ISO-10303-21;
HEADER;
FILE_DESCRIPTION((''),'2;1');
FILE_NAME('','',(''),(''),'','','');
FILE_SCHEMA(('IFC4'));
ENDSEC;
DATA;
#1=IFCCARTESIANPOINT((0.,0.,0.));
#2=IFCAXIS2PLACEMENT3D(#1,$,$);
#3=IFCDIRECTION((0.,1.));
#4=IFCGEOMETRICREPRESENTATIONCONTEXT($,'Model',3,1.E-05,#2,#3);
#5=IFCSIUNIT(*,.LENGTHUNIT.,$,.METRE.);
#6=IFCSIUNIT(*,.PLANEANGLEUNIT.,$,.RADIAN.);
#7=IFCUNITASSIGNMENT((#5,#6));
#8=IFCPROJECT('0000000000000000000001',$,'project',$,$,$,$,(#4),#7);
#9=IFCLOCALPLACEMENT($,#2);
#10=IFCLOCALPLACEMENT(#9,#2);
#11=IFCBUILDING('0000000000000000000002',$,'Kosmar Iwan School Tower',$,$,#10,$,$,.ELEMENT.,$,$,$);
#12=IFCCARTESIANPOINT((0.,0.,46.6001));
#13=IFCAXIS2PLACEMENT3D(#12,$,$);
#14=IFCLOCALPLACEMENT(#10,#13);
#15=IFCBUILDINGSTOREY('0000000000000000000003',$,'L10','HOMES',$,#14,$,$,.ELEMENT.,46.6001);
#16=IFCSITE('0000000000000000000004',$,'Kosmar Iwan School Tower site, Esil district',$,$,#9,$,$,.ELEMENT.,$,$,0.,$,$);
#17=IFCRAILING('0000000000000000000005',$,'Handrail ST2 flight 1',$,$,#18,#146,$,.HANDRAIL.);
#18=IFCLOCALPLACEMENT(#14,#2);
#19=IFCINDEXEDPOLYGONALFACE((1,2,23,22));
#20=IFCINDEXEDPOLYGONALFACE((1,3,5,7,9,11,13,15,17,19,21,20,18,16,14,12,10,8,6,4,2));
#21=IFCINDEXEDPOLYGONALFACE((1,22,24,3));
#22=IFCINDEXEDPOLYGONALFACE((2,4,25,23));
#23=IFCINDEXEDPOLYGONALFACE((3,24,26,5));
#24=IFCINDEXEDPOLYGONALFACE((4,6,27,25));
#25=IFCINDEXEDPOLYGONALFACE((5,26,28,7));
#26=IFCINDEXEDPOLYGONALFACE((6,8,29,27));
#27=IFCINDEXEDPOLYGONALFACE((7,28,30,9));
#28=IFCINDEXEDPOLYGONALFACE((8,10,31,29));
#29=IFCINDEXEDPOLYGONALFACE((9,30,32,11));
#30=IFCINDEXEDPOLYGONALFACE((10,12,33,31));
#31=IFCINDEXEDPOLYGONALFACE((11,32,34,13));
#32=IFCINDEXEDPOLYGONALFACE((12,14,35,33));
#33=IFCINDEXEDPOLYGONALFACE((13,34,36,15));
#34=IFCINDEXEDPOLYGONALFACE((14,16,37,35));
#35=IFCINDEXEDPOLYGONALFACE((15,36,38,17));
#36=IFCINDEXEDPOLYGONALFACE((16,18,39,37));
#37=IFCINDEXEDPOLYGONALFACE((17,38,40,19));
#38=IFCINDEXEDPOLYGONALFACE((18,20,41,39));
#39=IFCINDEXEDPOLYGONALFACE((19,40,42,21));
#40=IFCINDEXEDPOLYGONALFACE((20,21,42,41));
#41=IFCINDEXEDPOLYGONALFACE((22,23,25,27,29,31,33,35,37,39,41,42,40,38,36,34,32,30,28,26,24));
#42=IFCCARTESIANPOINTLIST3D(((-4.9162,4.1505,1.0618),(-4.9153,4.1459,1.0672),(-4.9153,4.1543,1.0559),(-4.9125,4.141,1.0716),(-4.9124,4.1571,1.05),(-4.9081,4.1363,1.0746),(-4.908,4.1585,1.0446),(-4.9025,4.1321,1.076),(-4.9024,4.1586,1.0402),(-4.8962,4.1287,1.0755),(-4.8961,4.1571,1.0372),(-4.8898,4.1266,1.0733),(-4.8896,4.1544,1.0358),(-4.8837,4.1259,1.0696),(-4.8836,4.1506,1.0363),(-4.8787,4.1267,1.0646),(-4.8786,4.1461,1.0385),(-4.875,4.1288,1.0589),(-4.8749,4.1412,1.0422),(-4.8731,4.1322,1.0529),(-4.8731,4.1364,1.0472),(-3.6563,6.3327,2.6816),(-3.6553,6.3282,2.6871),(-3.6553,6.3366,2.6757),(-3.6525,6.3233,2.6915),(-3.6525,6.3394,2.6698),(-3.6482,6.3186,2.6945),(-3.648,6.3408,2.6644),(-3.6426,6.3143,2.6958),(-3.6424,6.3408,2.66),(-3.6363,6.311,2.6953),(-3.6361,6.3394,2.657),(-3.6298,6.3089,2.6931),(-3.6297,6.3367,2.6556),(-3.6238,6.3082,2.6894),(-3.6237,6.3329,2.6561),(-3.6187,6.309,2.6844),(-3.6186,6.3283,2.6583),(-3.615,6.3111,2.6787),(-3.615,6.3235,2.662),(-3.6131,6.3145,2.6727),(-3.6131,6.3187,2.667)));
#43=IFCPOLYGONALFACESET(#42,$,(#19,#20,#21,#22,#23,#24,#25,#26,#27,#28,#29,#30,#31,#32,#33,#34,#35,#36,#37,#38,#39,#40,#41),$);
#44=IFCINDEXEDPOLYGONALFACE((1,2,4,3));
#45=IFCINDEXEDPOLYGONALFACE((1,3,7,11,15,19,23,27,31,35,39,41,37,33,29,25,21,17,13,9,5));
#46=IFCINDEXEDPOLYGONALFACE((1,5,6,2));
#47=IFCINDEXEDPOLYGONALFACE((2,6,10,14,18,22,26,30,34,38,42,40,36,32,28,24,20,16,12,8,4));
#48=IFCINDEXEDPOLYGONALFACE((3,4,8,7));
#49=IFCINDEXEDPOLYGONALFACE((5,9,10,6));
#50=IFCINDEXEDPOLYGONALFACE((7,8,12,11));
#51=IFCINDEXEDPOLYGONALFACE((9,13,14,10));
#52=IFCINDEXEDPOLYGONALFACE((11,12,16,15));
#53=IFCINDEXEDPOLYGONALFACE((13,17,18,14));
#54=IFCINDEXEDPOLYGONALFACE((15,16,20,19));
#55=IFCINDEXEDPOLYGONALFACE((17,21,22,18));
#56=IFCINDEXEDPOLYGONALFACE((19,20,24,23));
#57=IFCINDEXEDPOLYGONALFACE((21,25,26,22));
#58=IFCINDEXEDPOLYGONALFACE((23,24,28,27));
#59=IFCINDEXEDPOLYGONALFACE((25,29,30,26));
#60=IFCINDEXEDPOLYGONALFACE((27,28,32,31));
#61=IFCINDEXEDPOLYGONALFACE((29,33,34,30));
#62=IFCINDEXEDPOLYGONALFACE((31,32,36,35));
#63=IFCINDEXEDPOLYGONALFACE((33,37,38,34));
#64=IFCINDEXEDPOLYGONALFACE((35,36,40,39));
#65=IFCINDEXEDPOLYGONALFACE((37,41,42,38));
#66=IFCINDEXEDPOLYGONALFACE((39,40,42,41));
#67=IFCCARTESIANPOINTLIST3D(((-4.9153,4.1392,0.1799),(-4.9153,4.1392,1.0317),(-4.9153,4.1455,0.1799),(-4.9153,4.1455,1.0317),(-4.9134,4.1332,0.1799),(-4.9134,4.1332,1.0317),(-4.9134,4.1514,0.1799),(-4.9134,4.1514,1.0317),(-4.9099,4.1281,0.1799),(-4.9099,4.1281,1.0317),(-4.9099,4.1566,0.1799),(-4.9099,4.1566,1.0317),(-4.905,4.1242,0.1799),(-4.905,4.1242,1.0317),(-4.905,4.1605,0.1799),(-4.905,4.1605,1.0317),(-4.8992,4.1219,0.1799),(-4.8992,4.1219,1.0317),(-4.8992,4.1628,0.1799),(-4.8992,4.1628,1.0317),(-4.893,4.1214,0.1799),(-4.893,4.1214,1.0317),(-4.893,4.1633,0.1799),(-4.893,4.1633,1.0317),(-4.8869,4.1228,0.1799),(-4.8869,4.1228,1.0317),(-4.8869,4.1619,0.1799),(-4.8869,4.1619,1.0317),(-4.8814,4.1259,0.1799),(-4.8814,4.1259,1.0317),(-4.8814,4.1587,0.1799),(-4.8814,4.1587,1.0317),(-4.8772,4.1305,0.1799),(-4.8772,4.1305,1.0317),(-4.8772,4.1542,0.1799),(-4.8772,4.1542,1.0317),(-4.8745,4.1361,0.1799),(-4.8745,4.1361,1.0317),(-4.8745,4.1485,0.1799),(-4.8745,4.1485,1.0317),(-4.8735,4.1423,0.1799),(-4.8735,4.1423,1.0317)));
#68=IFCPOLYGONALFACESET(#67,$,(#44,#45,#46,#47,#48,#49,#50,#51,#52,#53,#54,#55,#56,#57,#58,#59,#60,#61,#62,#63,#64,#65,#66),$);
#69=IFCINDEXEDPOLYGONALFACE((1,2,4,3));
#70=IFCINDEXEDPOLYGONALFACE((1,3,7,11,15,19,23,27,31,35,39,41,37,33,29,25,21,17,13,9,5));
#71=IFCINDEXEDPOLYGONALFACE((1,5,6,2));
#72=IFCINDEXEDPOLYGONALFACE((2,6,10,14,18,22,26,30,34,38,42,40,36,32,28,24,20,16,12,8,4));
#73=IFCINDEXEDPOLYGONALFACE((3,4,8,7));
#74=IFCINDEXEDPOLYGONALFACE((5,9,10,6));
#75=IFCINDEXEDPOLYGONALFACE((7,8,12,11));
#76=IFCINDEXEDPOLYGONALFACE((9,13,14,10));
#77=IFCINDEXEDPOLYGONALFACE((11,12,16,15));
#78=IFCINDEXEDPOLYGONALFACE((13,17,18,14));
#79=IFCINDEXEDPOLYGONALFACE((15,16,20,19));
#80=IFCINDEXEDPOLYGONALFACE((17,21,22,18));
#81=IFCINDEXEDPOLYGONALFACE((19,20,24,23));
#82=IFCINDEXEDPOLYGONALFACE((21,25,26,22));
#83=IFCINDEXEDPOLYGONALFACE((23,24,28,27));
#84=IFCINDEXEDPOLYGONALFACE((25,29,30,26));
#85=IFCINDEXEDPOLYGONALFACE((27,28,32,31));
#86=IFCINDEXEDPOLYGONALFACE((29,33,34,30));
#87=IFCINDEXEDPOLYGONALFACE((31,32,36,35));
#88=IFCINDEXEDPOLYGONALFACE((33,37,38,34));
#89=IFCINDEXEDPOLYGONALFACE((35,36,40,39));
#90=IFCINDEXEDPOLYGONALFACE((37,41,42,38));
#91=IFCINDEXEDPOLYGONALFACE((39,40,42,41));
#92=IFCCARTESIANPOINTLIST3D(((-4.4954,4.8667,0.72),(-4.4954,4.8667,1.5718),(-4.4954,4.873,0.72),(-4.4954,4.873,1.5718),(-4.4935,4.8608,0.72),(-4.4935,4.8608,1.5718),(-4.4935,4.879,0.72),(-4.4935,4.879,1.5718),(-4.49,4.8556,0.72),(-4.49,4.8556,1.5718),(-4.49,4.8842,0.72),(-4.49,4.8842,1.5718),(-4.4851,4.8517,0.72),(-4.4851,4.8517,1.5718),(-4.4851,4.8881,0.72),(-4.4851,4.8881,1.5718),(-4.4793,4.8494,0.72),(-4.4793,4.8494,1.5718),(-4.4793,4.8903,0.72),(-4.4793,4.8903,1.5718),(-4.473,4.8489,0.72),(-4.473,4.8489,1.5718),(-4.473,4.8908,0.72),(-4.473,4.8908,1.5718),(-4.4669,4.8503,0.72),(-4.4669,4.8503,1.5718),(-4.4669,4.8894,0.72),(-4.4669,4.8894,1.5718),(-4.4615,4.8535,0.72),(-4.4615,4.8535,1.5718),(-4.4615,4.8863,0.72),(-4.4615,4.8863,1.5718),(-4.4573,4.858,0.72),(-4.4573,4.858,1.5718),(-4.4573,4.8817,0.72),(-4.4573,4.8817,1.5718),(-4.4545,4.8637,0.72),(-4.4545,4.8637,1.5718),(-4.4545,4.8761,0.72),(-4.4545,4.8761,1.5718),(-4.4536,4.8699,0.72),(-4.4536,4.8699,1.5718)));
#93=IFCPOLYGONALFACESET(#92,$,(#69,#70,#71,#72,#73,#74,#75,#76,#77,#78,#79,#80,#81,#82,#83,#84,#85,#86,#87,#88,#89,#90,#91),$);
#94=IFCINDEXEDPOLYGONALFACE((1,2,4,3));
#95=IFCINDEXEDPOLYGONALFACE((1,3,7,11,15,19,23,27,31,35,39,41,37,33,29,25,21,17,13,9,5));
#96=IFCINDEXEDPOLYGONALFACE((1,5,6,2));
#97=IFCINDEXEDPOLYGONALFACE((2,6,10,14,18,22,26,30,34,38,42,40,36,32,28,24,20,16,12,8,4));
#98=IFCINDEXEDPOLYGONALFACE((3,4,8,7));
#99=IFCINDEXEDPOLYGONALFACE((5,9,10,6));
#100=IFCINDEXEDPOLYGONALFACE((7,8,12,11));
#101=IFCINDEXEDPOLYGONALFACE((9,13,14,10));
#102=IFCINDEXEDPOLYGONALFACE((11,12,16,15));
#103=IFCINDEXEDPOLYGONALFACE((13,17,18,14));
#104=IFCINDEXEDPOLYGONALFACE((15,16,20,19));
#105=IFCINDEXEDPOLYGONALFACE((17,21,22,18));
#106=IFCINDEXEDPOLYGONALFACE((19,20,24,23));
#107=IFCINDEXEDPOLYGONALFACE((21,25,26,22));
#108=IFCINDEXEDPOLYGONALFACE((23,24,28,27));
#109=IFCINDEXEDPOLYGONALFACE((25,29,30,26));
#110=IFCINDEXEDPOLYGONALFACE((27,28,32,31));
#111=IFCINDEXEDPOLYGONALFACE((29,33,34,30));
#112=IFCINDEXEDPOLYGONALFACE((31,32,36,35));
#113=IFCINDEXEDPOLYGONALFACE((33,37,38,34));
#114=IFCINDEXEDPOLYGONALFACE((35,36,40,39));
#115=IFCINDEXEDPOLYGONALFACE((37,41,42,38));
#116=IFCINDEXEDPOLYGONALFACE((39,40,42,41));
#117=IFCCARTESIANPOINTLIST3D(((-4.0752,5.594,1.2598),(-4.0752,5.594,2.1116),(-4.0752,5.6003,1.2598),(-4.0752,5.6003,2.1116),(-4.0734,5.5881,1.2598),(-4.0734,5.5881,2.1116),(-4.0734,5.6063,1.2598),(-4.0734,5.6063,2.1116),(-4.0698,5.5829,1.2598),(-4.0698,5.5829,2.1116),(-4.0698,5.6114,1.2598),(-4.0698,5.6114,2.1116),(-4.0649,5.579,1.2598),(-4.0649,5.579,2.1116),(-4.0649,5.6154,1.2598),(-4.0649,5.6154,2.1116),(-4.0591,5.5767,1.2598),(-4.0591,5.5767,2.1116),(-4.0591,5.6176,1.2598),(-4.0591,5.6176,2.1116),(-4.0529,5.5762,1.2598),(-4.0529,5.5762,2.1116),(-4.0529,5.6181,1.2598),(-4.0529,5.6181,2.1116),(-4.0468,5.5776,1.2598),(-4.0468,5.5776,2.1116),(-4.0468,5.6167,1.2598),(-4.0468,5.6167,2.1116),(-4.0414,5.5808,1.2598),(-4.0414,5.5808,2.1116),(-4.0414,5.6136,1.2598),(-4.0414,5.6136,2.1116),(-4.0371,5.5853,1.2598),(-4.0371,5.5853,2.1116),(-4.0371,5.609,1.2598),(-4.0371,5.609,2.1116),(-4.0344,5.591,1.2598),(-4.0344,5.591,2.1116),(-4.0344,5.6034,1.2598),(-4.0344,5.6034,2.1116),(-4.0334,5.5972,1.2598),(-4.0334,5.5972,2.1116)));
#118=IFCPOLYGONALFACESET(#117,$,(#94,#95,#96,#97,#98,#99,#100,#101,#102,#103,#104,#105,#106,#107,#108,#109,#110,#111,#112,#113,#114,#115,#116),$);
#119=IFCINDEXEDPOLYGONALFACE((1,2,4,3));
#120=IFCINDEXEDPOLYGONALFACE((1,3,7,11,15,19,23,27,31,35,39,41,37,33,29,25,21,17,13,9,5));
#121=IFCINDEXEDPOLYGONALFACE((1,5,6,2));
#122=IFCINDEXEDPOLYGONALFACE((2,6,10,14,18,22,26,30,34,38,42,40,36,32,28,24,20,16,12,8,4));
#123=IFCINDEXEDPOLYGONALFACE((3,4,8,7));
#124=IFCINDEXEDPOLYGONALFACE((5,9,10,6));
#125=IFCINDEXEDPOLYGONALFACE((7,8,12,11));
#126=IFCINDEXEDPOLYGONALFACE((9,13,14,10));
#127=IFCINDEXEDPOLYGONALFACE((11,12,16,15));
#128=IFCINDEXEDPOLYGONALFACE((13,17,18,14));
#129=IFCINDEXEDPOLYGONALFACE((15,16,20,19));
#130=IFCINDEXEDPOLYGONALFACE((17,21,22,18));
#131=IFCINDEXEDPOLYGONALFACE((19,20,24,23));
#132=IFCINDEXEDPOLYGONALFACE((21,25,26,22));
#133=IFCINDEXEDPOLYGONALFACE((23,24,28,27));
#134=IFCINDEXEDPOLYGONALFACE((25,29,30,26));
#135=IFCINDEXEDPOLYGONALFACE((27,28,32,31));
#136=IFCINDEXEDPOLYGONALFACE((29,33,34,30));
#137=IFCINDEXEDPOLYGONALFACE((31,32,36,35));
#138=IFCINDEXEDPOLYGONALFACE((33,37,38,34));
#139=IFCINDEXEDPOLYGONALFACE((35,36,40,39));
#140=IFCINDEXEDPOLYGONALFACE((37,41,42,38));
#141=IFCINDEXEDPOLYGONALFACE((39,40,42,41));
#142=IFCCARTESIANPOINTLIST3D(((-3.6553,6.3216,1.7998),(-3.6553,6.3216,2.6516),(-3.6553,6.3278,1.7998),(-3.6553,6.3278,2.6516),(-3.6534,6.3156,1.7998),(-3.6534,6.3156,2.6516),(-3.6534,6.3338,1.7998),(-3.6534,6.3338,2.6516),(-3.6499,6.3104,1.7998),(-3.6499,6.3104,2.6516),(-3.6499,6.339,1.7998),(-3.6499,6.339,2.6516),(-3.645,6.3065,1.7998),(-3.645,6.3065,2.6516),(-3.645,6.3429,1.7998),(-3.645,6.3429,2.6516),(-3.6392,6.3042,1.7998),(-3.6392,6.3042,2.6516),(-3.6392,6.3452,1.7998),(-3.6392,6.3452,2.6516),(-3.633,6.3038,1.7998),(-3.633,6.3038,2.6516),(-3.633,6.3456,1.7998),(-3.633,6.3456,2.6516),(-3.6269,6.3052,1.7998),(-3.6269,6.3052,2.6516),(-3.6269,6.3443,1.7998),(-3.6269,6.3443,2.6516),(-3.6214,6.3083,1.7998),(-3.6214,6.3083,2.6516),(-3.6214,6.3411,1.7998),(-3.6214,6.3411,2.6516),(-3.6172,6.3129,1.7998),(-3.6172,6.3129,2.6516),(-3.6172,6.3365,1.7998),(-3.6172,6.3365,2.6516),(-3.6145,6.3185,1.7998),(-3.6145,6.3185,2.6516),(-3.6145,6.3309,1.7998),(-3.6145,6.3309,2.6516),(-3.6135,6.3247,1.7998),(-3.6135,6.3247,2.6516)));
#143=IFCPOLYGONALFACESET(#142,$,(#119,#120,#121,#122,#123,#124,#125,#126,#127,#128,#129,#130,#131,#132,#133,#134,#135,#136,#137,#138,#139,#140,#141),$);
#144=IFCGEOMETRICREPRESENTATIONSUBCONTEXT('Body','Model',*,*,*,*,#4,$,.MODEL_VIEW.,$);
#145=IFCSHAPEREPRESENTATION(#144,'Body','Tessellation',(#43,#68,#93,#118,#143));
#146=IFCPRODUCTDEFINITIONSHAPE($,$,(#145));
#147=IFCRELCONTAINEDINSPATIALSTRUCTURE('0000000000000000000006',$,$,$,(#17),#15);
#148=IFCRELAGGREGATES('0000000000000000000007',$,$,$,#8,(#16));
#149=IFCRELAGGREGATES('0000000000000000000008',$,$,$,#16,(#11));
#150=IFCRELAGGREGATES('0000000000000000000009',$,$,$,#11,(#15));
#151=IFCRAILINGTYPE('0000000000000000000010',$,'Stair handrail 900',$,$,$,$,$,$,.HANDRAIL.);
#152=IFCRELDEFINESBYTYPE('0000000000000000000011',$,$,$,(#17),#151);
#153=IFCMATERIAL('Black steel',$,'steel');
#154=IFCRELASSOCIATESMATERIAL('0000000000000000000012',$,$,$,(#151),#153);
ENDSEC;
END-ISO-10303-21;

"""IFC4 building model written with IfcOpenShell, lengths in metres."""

from ifc_helpers import new_model, si_unit, direction, frame, origin, origin_2d, place, context, subcontext, project, spatial, circle, extrude, material, type_object, element, save


model = new_model("IFC4")

# Units and contexts
model_context = context("Model", 3, precision=1e-05, world=origin(), true_north=direction((0.0, 1.0)))
body_context = subcontext(model_context, "Body", "Model", "MODEL_VIEW")
ifc_project = project(units=[si_unit("LENGTHUNIT", "METRE"), si_unit("PLANEANGLEUNIT", "RADIAN")], contexts=[model_context])

# Site, building, storey
site_placement = place(None, origin())
site = spatial("IfcSite", under=ifc_project, at=site_placement, Name="Kosmar Iwan School Tower site, Esil district", CompositionType="ELEMENT", RefElevation=0.0)
building_placement = place(site_placement, origin())
building = spatial("IfcBuilding", under=site, at=building_placement, Name="Kosmar Iwan School Tower", CompositionType="ELEMENT")
storey_placement = place(building_placement, frame((0.0, 0.0, 46.6001)))
storey = spatial("IfcBuildingStorey", under=building, at=storey_placement, Name="L10", Description="HOMES", CompositionType="ELEMENT", Elevation=46.6001)

# Railing
ifc_material_1 = material(Name="Black steel", Category="steel")
railing_type = type_object("IfcRailingType", Name="Stair handrail 900", PredefinedType="HANDRAIL", material=ifc_material_1)
railing_placement = place(storey_placement, frame((-4.8945, 4.1423, 0.1799)))
element("IfcRailing", 1, at=railing_placement, inside=storey, type_object=railing_type, Name="Handrail ST2 flight 1", PredefinedType="HANDRAIL", context=body_context, shape_type="SweptSolid", body=[
    extrude(circle(Radius=0.0239, at=origin_2d()), frame((0.0, 0.0, 0.876), z_axis=(0.420603, 0.728496, 0.540728), x_axis=(-0.866023, 0.500005, 0.0)), (0.0, 0.0, 1.0), 2.9956),
    extrude(circle(Radius=0.021, at=origin_2d()), origin(), (0.0, 0.0, 1.0), 0.8518),
    extrude(circle(Radius=0.021, at=origin_2d()), frame((0.4199, 0.7275, 0.54)), (0.0, 0.0, 1.0), 0.8518),
    extrude(circle(Radius=0.021, at=origin_2d()), frame((0.8401, 1.4548, 1.0798)), (0.0, 0.0, 1.0), 0.8518),
    extrude(circle(Radius=0.021, at=origin_2d()), frame((1.26, 2.1824, 1.6199)), (0.0, 0.0, 1.0), 0.8518),
])

save(model, "model.ifc")
